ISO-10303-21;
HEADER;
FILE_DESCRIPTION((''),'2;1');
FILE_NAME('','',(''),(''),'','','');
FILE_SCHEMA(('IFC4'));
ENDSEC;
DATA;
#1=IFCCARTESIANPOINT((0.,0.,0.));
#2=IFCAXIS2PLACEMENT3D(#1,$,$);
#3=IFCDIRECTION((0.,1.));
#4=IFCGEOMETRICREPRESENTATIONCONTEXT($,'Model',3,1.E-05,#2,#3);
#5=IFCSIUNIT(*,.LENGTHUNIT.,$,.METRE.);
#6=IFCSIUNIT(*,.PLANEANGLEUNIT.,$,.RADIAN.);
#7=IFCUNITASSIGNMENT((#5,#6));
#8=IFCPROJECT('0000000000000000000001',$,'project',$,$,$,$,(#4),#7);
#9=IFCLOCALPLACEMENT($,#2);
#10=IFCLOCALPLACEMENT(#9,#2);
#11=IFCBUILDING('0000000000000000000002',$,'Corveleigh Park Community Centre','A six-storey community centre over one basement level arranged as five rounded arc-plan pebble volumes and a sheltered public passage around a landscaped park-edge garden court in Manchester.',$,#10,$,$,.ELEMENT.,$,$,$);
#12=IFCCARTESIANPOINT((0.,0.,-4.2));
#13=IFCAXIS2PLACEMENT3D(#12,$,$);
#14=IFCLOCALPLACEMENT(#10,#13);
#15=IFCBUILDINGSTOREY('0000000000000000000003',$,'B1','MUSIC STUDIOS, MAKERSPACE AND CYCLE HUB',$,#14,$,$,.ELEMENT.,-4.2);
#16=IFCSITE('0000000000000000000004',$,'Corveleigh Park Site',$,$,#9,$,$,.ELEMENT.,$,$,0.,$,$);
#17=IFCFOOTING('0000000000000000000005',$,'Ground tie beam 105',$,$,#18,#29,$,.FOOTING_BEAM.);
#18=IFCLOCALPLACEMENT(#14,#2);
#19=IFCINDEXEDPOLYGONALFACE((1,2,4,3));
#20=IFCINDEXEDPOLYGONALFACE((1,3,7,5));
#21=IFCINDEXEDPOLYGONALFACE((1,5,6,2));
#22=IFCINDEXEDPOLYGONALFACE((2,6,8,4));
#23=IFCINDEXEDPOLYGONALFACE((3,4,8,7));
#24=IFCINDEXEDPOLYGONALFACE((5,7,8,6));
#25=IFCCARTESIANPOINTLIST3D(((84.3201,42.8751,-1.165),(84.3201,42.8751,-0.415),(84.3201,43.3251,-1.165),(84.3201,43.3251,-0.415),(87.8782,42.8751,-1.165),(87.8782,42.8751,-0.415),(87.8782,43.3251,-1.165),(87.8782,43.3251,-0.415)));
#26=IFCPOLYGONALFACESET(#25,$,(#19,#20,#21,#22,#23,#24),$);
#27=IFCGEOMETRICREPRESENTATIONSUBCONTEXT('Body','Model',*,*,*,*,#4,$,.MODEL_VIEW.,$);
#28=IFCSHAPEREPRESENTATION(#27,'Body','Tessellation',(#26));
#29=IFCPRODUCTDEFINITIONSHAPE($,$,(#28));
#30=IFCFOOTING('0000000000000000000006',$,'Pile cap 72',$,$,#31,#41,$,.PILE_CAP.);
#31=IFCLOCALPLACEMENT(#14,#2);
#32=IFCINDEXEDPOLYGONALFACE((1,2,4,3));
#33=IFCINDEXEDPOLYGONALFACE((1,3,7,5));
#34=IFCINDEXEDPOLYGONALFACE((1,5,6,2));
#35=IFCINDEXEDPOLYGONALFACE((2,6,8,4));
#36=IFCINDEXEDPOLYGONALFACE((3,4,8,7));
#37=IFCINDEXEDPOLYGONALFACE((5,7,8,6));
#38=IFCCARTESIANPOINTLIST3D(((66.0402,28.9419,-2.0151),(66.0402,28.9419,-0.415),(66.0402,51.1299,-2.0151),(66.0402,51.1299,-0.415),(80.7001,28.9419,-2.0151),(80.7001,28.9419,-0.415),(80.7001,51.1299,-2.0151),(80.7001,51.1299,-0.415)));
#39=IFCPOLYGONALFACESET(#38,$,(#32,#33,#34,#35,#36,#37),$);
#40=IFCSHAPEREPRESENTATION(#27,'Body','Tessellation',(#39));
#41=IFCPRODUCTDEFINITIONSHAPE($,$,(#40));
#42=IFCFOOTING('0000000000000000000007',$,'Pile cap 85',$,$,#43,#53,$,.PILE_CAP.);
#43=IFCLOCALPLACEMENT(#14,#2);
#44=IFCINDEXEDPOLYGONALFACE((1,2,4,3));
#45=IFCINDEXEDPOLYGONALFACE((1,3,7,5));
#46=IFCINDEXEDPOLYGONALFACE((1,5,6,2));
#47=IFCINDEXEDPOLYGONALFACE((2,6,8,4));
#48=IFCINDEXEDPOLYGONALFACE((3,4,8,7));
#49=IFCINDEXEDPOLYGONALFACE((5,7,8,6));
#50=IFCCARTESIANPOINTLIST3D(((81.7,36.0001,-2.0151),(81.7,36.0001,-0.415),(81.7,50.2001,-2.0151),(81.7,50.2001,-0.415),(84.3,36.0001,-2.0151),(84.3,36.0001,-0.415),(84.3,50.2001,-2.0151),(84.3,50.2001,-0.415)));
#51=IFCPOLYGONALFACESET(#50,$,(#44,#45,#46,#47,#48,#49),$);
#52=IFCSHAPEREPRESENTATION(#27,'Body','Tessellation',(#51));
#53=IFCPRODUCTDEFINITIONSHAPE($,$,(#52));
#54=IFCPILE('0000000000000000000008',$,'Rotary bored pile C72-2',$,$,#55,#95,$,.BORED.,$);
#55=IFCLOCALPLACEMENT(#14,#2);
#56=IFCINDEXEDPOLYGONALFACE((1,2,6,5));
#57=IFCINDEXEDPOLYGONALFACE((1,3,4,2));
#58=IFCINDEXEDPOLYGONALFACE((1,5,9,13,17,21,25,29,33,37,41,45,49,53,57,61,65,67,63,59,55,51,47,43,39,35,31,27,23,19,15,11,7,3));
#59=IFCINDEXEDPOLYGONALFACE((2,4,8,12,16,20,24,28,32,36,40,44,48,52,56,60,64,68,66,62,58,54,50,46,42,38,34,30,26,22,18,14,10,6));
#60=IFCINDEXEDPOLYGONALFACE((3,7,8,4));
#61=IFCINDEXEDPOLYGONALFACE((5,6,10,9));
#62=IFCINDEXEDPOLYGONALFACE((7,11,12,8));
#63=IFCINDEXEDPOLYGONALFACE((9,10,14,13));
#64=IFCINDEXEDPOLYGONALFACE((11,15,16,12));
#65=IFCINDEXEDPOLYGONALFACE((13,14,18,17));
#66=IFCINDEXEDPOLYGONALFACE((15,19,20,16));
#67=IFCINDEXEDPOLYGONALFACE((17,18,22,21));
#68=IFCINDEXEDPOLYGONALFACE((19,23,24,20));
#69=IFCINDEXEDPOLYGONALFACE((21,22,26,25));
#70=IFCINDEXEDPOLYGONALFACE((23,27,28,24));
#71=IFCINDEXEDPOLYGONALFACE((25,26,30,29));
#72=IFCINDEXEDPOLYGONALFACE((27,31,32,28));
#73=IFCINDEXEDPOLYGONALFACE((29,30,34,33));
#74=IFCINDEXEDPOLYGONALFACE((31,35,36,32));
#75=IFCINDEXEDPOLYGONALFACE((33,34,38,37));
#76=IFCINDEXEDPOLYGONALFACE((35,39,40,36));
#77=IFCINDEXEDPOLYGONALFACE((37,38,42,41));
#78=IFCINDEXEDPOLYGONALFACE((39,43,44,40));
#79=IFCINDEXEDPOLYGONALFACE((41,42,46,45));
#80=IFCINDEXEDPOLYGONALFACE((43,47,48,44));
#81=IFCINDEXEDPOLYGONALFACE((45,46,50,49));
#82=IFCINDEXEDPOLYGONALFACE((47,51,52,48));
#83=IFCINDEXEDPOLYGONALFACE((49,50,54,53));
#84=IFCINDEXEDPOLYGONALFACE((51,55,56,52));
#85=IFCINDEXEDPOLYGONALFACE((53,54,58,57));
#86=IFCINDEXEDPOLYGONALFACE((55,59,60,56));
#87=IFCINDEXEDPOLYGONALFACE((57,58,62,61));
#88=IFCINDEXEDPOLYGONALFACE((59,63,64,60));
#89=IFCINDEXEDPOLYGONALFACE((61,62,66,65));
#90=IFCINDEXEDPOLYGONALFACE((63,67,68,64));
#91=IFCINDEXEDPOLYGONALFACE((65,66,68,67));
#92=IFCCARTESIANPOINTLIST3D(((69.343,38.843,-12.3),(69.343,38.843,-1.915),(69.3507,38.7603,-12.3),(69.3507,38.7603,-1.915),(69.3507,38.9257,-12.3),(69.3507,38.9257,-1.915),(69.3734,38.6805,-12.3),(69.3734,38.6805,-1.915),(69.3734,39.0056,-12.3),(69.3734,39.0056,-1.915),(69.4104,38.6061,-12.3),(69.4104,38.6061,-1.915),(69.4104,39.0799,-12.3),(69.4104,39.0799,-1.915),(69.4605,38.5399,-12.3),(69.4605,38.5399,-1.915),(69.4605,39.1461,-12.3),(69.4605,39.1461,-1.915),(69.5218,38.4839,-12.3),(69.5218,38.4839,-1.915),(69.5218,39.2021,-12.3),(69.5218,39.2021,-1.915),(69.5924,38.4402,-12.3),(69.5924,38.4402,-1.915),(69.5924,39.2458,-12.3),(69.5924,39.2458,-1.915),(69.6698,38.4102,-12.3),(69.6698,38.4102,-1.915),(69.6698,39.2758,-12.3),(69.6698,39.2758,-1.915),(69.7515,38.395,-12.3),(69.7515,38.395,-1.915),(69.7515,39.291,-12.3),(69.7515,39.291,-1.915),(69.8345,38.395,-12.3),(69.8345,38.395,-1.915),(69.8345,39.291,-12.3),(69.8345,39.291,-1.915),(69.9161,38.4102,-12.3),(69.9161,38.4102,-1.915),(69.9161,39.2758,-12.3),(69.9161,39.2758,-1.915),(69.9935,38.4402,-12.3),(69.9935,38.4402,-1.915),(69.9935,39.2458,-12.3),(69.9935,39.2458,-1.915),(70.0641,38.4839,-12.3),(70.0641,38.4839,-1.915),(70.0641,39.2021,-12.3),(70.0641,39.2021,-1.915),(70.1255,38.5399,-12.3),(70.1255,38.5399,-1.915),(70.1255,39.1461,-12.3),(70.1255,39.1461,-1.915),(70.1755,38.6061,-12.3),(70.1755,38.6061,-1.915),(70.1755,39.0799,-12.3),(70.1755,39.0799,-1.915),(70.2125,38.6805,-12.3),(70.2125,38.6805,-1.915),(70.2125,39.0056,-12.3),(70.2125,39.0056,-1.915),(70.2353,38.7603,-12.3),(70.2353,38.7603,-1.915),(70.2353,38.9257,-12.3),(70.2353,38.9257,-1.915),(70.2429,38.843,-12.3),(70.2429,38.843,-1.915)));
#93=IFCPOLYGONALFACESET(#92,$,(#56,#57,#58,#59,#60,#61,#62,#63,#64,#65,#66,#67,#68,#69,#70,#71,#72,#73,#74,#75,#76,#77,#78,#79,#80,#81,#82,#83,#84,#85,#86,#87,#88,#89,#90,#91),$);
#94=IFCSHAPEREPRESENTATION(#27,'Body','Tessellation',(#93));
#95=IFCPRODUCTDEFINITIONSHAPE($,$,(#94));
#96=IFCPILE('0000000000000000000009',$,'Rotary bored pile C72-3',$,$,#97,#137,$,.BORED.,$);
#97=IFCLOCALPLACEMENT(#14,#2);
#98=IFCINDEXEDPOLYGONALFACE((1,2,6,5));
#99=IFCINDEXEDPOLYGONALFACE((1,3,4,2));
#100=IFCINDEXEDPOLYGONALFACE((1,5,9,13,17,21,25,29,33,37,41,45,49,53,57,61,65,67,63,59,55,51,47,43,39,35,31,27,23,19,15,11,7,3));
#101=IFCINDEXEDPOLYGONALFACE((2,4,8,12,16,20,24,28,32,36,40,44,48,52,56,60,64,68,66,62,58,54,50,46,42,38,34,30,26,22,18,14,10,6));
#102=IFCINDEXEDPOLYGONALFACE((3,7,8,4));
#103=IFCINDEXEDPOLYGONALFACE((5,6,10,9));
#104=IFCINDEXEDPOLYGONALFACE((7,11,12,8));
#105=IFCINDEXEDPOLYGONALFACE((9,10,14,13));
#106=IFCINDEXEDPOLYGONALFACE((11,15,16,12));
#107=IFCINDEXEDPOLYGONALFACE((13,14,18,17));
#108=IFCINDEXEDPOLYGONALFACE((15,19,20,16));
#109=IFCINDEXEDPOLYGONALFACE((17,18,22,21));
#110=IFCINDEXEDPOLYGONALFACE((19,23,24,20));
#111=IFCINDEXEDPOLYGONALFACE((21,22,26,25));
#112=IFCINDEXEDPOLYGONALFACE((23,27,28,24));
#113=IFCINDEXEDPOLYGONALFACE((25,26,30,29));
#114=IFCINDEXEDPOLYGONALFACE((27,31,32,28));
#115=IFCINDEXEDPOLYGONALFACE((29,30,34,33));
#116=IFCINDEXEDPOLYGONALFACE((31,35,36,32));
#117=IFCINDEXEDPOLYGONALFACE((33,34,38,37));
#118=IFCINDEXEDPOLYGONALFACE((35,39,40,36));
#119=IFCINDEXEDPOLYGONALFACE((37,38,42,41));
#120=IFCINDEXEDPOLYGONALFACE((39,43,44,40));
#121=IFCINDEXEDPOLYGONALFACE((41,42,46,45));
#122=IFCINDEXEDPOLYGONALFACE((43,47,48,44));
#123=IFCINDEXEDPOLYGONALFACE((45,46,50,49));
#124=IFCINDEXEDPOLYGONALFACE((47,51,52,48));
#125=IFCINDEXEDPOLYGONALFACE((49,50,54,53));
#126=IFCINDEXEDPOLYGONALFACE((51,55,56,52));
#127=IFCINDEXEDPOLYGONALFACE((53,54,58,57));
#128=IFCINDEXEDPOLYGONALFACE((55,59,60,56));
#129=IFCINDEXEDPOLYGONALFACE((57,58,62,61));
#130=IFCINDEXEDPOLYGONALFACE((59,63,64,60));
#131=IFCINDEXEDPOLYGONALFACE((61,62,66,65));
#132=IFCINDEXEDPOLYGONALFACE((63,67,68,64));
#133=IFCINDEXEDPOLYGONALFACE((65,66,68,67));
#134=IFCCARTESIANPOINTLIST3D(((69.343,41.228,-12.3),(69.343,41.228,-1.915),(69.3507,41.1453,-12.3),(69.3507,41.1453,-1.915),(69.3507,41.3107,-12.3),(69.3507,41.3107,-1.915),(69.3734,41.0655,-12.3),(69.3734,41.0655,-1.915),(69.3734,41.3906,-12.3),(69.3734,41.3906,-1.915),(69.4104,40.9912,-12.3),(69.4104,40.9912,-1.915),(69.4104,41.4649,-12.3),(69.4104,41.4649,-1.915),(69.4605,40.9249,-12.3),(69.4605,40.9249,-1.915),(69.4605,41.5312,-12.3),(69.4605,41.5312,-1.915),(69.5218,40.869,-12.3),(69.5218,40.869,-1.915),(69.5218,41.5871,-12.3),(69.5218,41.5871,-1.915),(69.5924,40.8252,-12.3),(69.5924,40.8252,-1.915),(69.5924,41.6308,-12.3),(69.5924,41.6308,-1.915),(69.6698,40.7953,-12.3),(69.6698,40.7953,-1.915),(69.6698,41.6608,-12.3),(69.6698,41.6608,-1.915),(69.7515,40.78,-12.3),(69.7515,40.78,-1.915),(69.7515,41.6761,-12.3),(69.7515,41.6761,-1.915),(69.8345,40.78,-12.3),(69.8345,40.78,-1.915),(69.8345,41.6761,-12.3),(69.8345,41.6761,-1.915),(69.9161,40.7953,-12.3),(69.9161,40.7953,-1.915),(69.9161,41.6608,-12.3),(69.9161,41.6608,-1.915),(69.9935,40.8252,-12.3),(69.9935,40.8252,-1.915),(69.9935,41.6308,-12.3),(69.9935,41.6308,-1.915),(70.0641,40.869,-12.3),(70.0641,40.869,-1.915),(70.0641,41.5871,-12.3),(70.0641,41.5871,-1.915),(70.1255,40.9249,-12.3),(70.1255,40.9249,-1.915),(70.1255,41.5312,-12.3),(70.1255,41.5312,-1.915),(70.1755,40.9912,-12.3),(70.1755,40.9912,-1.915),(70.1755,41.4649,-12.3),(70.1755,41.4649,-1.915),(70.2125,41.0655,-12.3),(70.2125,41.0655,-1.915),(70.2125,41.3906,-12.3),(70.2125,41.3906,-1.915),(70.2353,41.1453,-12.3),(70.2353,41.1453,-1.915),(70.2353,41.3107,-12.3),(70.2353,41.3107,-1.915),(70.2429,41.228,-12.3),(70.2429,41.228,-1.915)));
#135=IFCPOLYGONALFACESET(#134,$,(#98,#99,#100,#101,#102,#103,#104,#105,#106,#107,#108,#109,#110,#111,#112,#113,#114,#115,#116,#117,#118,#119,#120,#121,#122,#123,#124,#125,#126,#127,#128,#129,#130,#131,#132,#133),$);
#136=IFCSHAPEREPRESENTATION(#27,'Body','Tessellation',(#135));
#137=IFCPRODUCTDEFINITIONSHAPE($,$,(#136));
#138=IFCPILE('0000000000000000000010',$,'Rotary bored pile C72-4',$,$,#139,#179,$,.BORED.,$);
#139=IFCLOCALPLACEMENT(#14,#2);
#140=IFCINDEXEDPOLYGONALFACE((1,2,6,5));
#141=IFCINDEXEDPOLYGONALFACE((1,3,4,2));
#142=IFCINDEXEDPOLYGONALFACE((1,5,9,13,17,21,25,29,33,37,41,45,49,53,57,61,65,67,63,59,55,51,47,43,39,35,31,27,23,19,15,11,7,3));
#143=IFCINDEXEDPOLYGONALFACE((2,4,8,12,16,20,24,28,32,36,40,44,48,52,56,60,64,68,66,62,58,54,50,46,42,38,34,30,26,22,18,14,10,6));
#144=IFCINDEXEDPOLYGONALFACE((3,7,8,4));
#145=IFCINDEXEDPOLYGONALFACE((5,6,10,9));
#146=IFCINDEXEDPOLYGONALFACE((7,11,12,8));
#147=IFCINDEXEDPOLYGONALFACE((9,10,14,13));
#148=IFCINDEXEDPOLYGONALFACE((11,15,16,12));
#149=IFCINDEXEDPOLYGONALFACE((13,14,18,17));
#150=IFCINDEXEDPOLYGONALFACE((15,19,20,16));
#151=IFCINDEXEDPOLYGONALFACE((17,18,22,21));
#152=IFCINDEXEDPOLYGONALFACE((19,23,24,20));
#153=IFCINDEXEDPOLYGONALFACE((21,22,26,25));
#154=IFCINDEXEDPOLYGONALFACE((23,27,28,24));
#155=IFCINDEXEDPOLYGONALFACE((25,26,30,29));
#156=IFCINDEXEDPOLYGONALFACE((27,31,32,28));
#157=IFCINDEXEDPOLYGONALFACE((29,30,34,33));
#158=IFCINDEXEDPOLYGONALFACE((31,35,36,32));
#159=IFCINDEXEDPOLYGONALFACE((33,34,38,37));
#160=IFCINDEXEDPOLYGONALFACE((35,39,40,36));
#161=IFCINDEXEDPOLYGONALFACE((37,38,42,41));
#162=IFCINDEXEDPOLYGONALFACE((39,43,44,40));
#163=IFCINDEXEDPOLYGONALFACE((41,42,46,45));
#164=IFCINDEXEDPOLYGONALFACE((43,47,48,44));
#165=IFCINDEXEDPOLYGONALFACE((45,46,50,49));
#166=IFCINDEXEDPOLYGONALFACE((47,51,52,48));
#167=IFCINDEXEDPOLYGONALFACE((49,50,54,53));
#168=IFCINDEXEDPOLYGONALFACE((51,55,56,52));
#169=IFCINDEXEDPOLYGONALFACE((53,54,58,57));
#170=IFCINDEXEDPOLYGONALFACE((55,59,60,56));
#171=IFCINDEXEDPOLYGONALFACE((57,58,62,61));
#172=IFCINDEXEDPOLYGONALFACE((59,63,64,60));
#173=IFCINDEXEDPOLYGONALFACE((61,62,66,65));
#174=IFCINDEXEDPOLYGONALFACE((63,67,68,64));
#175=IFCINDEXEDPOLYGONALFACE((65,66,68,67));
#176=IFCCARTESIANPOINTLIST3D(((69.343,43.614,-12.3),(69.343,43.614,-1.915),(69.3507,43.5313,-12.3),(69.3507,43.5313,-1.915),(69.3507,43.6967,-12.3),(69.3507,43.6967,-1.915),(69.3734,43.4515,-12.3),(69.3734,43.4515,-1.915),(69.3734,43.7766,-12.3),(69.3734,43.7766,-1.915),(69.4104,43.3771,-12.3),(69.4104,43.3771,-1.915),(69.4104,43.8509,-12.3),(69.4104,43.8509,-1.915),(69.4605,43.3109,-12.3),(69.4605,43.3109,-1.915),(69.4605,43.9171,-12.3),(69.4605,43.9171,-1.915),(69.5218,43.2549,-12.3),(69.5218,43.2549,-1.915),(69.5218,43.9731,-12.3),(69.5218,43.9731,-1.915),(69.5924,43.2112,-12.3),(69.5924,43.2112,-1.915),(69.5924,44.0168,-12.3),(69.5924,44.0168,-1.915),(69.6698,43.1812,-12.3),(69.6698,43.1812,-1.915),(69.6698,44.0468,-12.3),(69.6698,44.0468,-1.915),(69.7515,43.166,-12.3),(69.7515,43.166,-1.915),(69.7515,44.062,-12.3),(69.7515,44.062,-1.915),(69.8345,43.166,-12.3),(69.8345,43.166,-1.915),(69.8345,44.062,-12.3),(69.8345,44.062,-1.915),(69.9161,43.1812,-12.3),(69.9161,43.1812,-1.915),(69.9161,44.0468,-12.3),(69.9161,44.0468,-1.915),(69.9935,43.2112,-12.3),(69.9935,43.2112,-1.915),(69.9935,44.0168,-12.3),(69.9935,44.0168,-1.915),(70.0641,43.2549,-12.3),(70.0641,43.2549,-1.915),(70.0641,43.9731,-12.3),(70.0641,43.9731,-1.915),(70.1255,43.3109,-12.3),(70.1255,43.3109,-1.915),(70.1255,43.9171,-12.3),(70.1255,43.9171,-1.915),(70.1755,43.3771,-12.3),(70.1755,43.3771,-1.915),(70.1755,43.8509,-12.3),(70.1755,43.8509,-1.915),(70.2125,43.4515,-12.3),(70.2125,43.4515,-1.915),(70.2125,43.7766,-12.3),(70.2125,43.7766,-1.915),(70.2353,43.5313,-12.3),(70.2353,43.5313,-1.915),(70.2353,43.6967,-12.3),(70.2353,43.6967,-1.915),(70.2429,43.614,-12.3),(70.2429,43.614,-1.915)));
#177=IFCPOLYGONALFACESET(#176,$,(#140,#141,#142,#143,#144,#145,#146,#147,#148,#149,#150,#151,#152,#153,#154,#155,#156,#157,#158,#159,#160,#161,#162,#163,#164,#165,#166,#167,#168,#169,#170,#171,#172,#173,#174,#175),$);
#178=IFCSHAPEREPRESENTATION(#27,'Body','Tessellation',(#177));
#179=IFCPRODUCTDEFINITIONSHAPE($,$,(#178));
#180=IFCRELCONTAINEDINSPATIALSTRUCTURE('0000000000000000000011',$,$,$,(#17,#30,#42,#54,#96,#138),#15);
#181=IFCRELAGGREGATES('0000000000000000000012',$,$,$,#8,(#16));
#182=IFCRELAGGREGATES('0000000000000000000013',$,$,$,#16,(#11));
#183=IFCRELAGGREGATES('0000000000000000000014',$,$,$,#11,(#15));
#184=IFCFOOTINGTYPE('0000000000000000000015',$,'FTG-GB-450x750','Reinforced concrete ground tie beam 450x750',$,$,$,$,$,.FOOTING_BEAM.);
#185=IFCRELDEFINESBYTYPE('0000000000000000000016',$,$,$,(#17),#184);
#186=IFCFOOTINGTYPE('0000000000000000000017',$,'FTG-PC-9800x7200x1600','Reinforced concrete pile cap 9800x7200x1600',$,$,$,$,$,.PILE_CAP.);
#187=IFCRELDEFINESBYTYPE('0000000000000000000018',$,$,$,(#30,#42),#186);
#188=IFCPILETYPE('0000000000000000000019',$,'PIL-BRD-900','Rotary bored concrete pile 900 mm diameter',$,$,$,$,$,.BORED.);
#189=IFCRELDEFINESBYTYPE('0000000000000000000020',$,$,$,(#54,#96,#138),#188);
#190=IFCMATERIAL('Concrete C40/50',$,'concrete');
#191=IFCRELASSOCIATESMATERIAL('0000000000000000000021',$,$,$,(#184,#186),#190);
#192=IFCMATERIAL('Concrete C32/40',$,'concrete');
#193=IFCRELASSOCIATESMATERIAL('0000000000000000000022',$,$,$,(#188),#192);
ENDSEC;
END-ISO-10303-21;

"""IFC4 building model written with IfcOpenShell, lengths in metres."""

from ifc_helpers import new_model, si_unit, direction, frame, origin, origin_2d, place, context, subcontext, project, spatial, rectangle, circle, extrude, material, material_profile, profile_set, type_object, element, save


model = new_model("IFC4")

# Units and contexts
model_context = context("Model", 3, precision=1e-05, world=origin(), true_north=direction((0.0, 1.0)))
body_context = subcontext(model_context, "Body", "Model", "MODEL_VIEW")
ifc_project = project(units=[si_unit("LENGTHUNIT", "METRE"), si_unit("PLANEANGLEUNIT", "RADIAN")], contexts=[model_context])

# Site, building, storey
site_placement = place(None, origin())
site = spatial("IfcSite", under=ifc_project, at=site_placement, Name="Corveleigh Park Site", CompositionType="ELEMENT", RefElevation=0.0)
building_placement = place(site_placement, origin())
building = spatial("IfcBuilding", under=site, at=building_placement, Name="Corveleigh Park Community Centre", Description="A six-storey community centre over one basement level arranged as five rounded arc-plan pebble volumes and a sheltered public passage around a landscaped park-edge garden court in Manchester.", CompositionType="ELEMENT")
storey_placement = place(building_placement, frame((0.0, 0.0, -4.2)))
storey = spatial("IfcBuildingStorey", under=building, at=storey_placement, Name="B1", Description="MUSIC STUDIOS, MAKERSPACE AND CYCLE HUB", CompositionType="ELEMENT", Elevation=-4.2)

# Footings
ifc_material_1 = material(Name="Concrete C40/50", Category="concrete")
footing_type_1 = type_object("IfcFootingType", Name="FTG-GB-450x750", Description="Reinforced concrete ground tie beam 450x750", PredefinedType="FOOTING_BEAM", material=ifc_material_1)
footing_1_placement = place(storey_placement, frame((86.0991, 43.1001, -1.165), z_axis=(0.0, 0.0, 1.0), x_axis=(1.0, 0.0, 0.0)))
element("IfcFooting", 1, at=footing_1_placement, inside=storey, type_object=footing_type_1, Name="Ground tie beam 105", PredefinedType="FOOTING_BEAM", context=body_context, shape_type="SweptSolid", body=[
    extrude(rectangle(XDim=3.5581, YDim=0.45, at=origin_2d()), origin(), (0.0, 0.0, 1.0), 0.75),
])
footing_type_2 = type_object("IfcFootingType", Name="FTG-PC-9800x7200x1600", Description="Reinforced concrete pile cap 9800x7200x1600", PredefinedType="PILE_CAP", material=ifc_material_1)
footing_2_placement = place(storey_placement, frame((73.3701, 40.0359, -2.0151), z_axis=(0.0, 0.0, 1.0), x_axis=(1.0, 0.0, 0.0)))
element("IfcFooting", 2, at=footing_2_placement, inside=storey, type_object=footing_type_2, Name="Pile cap 72", PredefinedType="PILE_CAP", context=body_context, shape_type="SweptSolid", body=[
    extrude(rectangle(XDim=14.6599, YDim=22.188, at=origin_2d()), origin(), (0.0, 0.0, 1.0), 1.6001),
])
footing_3_placement = place(storey_placement, frame((83.0, 43.1001, -2.0151), z_axis=(0.0, 0.0, 1.0), x_axis=(1.0, 0.0, 0.0)))
element("IfcFooting", 3, at=footing_3_placement, inside=storey, type_object=footing_type_2, Name="Pile cap 85", PredefinedType="PILE_CAP", context=body_context, shape_type="SweptSolid", body=[
    extrude(rectangle(XDim=2.6001, YDim=14.2, at=origin_2d()), origin(), (0.0, 0.0, 1.0), 1.6001),
])

# Piles
ifc_material_2 = material(Name="Concrete C32/40", Category="concrete")
ifc_material_profile_1 = material_profile(ifc_material_2, circle(Radius=0.45, at=origin_2d()), Name="BORED-PILE-900", Category="concrete")
ifc_profile_set_1 = profile_set([ifc_material_profile_1], Name="Concrete C32/40")
pile_type = type_object("IfcPileType", Name="PIL-BRD-900", Description="Rotary bored concrete pile 900 mm diameter", PredefinedType="BORED", material=ifc_profile_set_1)
for number, where, z_axis, x_axis, name in (
    (4, (69.793, 38.843, -1.915), (0.0, 0.0, -1.0), (1.0, 0.0, 0.0), "Rotary bored pile C72-2"),
    (5, (69.793, 41.228, -1.915), (0.0, 0.0, -1.0), (1.0, 0.0, 0.0), "Rotary bored pile C72-3"),
    (6, (69.793, 43.614, -1.915), (0.0, 0.0, -1.0), (1.0, 0.0, 0.0), "Rotary bored pile C72-4"),
):
    element("IfcPile", number, at=place(storey_placement, frame(where, z_axis=z_axis, x_axis=x_axis)), inside=storey, type_object=pile_type, Name=name, PredefinedType="BORED", context=body_context, shape_type="SweptSolid", body=[
        extrude(circle(Radius=0.45, at=origin_2d()), origin(), (0.0, 0.0, 1.0), 10.385),
    ])

save(model, "model.ifc")
